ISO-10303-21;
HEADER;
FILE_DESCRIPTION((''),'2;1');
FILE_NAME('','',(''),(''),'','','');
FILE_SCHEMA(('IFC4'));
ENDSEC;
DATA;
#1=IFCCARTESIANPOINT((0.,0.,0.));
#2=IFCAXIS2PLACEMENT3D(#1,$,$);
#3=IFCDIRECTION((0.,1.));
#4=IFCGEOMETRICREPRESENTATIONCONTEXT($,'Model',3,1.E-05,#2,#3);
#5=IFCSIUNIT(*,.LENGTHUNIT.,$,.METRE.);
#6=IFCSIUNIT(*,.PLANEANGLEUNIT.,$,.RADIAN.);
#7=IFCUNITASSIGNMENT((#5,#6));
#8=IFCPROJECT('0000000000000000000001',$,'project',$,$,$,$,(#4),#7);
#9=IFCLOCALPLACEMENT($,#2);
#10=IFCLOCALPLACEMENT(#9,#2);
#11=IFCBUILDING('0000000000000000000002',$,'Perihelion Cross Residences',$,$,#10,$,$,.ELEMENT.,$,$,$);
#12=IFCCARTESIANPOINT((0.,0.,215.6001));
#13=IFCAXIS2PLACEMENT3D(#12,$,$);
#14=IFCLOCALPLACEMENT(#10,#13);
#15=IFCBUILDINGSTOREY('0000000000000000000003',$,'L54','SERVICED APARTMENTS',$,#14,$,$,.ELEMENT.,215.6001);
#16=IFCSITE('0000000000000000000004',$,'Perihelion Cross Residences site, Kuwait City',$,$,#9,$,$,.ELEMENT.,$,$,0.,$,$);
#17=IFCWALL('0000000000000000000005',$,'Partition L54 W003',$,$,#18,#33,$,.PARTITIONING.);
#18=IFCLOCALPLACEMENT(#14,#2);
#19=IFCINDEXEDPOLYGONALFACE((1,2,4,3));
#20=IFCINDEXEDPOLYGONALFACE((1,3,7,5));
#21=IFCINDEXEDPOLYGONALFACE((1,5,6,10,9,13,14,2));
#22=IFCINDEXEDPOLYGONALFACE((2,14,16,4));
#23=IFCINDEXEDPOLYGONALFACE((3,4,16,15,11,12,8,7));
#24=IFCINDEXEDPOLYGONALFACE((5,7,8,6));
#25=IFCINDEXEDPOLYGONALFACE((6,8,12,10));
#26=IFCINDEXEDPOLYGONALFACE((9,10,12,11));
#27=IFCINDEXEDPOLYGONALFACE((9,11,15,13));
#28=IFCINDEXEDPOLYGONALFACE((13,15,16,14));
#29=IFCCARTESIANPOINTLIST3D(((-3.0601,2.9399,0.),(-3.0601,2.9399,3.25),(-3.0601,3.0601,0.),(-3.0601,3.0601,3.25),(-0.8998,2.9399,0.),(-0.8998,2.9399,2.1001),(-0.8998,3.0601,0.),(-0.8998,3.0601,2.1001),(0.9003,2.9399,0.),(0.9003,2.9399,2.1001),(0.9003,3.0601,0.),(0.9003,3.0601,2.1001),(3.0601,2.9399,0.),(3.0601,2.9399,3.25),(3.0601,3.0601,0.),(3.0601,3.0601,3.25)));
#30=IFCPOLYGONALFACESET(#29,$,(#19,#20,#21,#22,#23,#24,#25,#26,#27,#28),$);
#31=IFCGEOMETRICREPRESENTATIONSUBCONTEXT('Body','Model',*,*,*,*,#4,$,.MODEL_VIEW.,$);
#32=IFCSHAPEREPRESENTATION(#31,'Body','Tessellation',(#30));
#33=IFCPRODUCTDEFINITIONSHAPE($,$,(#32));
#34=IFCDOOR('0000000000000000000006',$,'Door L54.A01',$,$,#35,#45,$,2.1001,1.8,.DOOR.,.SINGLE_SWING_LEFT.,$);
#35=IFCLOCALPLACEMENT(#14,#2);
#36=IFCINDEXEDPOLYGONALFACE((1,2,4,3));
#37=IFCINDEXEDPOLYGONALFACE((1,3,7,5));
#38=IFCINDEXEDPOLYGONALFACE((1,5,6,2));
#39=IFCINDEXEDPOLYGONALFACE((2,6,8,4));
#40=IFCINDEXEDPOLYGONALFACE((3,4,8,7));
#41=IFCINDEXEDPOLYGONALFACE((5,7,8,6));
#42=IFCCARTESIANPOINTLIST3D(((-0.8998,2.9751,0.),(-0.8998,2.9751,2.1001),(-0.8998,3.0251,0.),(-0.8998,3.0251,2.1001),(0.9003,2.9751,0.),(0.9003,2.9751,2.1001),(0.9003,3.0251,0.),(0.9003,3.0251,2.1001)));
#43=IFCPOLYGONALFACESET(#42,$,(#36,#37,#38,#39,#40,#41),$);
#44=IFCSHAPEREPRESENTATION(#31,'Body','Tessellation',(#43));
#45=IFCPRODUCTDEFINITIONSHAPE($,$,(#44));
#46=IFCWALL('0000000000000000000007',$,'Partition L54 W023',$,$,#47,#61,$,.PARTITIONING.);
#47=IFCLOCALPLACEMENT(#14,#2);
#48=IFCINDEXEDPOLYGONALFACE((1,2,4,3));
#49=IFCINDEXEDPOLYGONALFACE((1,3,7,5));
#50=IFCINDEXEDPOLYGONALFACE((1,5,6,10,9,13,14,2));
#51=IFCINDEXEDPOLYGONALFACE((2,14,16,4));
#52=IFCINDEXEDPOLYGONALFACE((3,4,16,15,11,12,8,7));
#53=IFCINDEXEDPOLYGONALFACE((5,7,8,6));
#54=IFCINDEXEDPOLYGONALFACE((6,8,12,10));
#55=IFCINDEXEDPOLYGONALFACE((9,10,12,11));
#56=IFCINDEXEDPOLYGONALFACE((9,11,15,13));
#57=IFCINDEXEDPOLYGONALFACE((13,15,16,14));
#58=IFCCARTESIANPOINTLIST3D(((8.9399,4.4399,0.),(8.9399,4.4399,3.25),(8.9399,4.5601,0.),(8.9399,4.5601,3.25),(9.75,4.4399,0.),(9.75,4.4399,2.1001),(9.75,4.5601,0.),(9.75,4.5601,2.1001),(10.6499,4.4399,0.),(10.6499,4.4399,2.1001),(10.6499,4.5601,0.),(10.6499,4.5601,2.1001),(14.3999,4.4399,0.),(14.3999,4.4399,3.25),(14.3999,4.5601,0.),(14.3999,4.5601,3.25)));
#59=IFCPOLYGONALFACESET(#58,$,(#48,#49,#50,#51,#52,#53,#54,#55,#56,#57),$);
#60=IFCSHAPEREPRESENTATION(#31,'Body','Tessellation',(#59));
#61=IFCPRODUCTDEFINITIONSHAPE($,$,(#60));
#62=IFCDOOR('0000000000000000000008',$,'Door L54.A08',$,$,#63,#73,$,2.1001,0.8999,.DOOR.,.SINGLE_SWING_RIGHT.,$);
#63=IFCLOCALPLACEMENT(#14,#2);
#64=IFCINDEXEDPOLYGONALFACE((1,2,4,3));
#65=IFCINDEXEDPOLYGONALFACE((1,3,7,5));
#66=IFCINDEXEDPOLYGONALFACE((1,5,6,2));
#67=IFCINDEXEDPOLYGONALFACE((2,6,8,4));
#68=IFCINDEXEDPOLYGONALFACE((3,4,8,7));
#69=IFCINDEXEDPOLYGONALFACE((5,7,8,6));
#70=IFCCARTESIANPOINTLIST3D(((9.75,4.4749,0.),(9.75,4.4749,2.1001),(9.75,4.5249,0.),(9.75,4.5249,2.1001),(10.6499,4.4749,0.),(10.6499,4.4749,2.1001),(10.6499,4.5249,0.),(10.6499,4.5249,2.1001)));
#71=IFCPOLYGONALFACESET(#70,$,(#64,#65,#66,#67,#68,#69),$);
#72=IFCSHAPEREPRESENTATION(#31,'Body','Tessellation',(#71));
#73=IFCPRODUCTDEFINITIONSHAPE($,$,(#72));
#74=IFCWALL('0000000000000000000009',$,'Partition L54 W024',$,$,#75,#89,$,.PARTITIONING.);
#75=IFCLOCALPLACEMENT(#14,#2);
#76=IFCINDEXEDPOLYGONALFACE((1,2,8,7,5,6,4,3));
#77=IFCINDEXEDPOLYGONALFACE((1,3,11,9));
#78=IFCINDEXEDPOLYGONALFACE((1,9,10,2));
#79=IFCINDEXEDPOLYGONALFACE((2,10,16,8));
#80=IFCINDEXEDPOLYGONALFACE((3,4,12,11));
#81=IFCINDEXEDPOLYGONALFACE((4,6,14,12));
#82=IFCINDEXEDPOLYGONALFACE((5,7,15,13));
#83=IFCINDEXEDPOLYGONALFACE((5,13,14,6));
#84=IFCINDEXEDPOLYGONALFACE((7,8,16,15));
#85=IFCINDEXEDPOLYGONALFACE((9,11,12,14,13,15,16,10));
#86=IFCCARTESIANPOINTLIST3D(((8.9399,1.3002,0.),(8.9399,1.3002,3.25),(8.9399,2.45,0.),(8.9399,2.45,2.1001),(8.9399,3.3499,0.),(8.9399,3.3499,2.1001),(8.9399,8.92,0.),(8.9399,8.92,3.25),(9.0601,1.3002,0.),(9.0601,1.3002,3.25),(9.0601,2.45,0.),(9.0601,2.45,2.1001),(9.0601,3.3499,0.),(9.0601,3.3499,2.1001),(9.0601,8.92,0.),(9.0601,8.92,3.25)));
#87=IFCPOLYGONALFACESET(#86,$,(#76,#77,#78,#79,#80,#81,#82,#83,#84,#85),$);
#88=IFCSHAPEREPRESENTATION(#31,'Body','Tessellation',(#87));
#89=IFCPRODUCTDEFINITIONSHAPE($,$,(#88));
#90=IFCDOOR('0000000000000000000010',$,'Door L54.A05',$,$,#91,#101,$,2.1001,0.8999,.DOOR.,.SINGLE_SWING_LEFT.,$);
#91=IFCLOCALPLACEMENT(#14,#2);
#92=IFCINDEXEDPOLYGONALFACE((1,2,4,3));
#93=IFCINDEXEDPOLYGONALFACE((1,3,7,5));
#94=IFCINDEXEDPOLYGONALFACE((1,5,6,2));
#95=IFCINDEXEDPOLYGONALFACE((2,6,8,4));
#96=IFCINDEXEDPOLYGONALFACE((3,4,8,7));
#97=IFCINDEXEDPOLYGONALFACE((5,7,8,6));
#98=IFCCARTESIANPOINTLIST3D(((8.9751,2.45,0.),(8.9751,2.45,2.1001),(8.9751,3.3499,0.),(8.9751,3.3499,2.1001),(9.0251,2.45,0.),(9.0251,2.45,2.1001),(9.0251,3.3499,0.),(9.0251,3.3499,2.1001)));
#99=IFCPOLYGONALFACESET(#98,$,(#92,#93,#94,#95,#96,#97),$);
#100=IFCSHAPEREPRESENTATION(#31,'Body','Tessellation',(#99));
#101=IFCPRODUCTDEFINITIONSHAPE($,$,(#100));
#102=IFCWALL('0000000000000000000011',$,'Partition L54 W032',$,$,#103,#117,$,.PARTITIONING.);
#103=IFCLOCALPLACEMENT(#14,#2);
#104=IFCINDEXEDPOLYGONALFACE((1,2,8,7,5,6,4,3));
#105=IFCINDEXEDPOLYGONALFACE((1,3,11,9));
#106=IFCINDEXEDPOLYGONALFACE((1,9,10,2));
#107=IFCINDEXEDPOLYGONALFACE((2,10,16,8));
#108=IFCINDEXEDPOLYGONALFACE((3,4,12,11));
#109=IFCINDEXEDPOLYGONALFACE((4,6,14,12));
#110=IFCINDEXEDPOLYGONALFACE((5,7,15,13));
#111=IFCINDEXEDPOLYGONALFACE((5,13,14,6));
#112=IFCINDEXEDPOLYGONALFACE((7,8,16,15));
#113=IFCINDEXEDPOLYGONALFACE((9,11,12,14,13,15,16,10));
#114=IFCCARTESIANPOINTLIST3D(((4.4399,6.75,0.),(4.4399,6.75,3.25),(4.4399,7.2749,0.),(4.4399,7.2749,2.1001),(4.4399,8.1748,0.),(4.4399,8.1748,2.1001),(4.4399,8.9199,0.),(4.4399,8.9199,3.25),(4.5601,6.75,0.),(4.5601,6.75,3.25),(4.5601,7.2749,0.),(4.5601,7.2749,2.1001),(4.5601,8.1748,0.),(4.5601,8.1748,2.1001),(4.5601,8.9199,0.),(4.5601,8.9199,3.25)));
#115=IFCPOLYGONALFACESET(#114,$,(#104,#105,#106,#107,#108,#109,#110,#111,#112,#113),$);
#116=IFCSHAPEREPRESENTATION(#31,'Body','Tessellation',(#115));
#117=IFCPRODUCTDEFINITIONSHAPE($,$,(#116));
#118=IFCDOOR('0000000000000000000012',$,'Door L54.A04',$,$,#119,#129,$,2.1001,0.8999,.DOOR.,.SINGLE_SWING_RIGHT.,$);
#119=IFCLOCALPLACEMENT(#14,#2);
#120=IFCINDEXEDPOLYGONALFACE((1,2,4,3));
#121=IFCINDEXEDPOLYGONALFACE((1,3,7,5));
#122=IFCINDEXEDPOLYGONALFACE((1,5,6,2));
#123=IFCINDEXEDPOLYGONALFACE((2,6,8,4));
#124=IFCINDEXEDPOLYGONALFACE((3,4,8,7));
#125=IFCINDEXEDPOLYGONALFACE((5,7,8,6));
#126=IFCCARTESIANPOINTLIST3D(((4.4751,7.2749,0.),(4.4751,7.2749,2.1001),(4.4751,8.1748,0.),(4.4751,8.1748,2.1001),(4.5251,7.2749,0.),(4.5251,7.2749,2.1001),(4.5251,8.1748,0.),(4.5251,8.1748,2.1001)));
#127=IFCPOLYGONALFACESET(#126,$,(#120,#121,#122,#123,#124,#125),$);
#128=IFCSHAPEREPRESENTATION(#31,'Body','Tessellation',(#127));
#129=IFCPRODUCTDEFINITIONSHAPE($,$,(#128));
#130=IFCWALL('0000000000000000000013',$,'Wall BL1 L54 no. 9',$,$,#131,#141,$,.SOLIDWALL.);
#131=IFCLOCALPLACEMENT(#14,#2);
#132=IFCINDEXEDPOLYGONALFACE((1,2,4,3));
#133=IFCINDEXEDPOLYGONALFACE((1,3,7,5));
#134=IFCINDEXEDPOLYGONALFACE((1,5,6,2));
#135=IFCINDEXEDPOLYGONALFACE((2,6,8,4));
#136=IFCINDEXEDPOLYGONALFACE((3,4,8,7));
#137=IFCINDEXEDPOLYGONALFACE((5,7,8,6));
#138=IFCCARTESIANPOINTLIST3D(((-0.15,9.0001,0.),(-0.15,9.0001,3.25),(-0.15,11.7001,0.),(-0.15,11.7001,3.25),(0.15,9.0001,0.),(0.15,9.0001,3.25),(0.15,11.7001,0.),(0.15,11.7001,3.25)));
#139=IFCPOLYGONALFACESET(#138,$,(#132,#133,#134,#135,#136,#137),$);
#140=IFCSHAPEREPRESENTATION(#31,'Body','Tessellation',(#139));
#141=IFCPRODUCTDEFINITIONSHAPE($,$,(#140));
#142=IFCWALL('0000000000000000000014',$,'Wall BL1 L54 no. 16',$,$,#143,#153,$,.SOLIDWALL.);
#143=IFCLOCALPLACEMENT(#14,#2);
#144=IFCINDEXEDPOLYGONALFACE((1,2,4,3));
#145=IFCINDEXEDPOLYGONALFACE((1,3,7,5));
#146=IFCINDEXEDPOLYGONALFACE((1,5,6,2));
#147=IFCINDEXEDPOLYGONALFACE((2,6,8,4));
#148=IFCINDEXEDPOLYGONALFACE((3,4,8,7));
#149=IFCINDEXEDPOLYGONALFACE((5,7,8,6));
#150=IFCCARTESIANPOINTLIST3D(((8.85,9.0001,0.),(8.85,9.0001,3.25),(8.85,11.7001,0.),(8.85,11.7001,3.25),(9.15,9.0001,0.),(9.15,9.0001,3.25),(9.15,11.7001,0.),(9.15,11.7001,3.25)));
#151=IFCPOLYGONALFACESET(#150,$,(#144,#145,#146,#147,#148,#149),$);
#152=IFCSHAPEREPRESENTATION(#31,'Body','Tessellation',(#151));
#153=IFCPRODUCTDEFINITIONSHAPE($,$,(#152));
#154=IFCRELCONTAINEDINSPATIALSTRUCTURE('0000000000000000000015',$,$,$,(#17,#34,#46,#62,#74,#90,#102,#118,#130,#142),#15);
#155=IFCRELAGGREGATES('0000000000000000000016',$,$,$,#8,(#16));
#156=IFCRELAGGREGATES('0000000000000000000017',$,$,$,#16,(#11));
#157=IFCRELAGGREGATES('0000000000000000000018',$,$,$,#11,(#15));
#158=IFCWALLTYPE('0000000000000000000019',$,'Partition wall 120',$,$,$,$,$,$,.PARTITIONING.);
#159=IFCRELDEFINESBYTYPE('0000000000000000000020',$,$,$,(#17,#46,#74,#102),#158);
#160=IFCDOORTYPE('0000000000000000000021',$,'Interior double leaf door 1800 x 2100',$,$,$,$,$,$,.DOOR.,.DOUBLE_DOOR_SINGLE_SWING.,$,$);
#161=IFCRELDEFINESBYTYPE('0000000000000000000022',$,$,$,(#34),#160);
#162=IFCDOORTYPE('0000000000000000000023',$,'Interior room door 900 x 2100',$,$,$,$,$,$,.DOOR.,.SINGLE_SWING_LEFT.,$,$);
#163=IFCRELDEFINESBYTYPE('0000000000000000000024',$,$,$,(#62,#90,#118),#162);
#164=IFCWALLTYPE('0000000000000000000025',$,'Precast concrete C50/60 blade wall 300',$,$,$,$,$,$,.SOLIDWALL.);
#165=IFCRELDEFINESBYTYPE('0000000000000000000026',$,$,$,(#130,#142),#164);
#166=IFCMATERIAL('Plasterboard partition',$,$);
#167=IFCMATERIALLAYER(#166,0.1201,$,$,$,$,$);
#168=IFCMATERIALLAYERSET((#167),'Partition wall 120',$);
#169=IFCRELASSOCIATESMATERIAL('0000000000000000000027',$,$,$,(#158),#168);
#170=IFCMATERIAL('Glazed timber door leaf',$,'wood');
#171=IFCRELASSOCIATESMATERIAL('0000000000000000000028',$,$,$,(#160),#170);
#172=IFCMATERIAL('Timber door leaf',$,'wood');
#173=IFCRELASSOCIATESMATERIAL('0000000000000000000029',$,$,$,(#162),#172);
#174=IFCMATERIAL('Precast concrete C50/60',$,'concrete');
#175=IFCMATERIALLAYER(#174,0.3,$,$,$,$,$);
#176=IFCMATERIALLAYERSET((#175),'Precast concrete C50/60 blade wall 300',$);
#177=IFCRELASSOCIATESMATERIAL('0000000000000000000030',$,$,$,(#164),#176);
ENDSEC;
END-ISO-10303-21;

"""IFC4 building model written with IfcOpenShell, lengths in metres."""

from ifc_helpers import new_model, si_unit, direction, frame, frame_2d, origin, place, context, subcontext, project, spatial, rectangle, extrude, material, layer, layer_set, type_object, element, fill, save


model = new_model("IFC4")

# Units and contexts
model_context = context("Model", 3, precision=1e-05, world=origin(), true_north=direction((0.0, 1.0)))
body_context = subcontext(model_context, "Body", "Model", "MODEL_VIEW")
ifc_project = project(units=[si_unit("LENGTHUNIT", "METRE"), si_unit("PLANEANGLEUNIT", "RADIAN")], contexts=[model_context])

# Site, building, storey
site_placement = place(None, origin())
site = spatial("IfcSite", under=ifc_project, at=site_placement, Name="Perihelion Cross Residences site, Kuwait City", CompositionType="ELEMENT", RefElevation=0.0)
building_placement = place(site_placement, origin())
building = spatial("IfcBuilding", under=site, at=building_placement, Name="Perihelion Cross Residences", CompositionType="ELEMENT")
storey_placement = place(building_placement, frame((0.0, 0.0, 215.6001)))
storey = spatial("IfcBuildingStorey", under=building, at=storey_placement, Name="L54", Description="SERVICED APARTMENTS", CompositionType="ELEMENT", Elevation=215.6001)

# Walls, openings, doors
ifc_material_1 = material(Name="Plasterboard partition")
ifc_layer_1 = layer(ifc_material_1, 0.1201)
ifc_layer_set_1 = layer_set([ifc_layer_1], Name="Partition wall 120")
wall_type_1 = type_object("IfcWallType", Name="Partition wall 120", PredefinedType="PARTITIONING", material=ifc_layer_set_1)
wall_1_placement = place(storey_placement, frame((3.0601, 3.0, 0.0), z_axis=(0.0, 0.0, 1.0), x_axis=(-1.0, 0.0, 0.0)))
wall_1 = element("IfcWall", 1, at=wall_1_placement, inside=storey, type_object=wall_type_1, Name="Partition L54 W003", PredefinedType="PARTITIONING", context=body_context, shape_type="SweptSolid", body=[
    extrude(rectangle(XDim=6.1201, YDim=0.1201, at=frame_2d((3.0601, 0.0))), origin(), (0.0, 0.0, 1.0), 3.25),
])
opening_1_placement = place(wall_1_placement, frame((2.1599, 0.0, 0.0)))
opening_1 = element("IfcOpeningElement", 2, at=opening_1_placement, cuts=wall_1, PredefinedType="OPENING", context=body_context, shape_type="SweptSolid", body=[
    extrude(rectangle(XDim=1.8, YDim=2.1001, at=frame_2d((0.8999, 1.05))), frame((0.0, 0.0701, 0.0), z_axis=(0.0, -1.0, 0.0), x_axis=(1.0, 0.0, 0.0)), (0.0, 0.0, 1.0), 0.1401),
])
ifc_material_2 = material(Name="Glazed timber door leaf", Category="wood")
door_type_1 = type_object("IfcDoorType", Name="Interior double leaf door 1800 x 2100", OperationType="DOUBLE_DOOR_SINGLE_SWING", PredefinedType="DOOR", material=ifc_material_2)
door_1_placement = place(opening_1_placement, origin())
door_1 = element("IfcDoor", 3, at=door_1_placement, inside=storey, type_object=door_type_1, Name="Door L54.A01", OperationType="SINGLE_SWING_LEFT", OverallHeight=2.1001, OverallWidth=1.8, PredefinedType="DOOR", context=body_context, shape_type="SweptSolid", body=[
    extrude(rectangle(XDim=1.8, YDim=2.1001, at=frame_2d((0.8999, 1.05))), frame((0.0, 0.0249, 0.0), z_axis=(0.0, -1.0, 0.0), x_axis=(1.0, 0.0, 0.0)), (0.0, 0.0, 1.0), 0.05),
])
fill(opening_1, door_1)
wall_2_placement = place(storey_placement, frame((8.9399, 4.5, 0.0), z_axis=(0.0, 0.0, 1.0), x_axis=(1.0, 0.0, 0.0)))
wall_2 = element("IfcWall", 4, at=wall_2_placement, inside=storey, type_object=wall_type_1, Name="Partition L54 W023", PredefinedType="PARTITIONING", context=body_context, shape_type="SweptSolid", body=[
    extrude(rectangle(XDim=5.46, YDim=0.1201, at=frame_2d((2.73, 0.0))), origin(), (0.0, 0.0, 1.0), 3.25),
])
opening_2_placement = place(wall_2_placement, frame((0.8101, 0.0, 0.0)))
opening_2 = element("IfcOpeningElement", 5, at=opening_2_placement, cuts=wall_2, PredefinedType="OPENING", context=body_context, shape_type="SweptSolid", body=[
    extrude(rectangle(XDim=0.8999, YDim=2.1001, at=frame_2d((0.45, 1.05))), frame((0.0, 0.0701, 0.0), z_axis=(0.0, -1.0, 0.0), x_axis=(1.0, 0.0, 0.0)), (0.0, 0.0, 1.0), 0.1401),
])
ifc_material_3 = material(Name="Timber door leaf", Category="wood")
door_type_2 = type_object("IfcDoorType", Name="Interior room door 900 x 2100", OperationType="SINGLE_SWING_LEFT", PredefinedType="DOOR", material=ifc_material_3)
door_2_placement = place(opening_2_placement, origin())
door_2 = element("IfcDoor", 6, at=door_2_placement, inside=storey, type_object=door_type_2, Name="Door L54.A08", OperationType="SINGLE_SWING_RIGHT", OverallHeight=2.1001, OverallWidth=0.8999, PredefinedType="DOOR", context=body_context, shape_type="SweptSolid", body=[
    extrude(rectangle(XDim=0.8999, YDim=2.1001, at=frame_2d((0.45, 1.05))), frame((0.0, 0.0249, 0.0), z_axis=(0.0, -1.0, 0.0), x_axis=(1.0, 0.0, 0.0)), (0.0, 0.0, 1.0), 0.05),
])
fill(opening_2, door_2)
wall_3_placement = place(storey_placement, frame((9.0, 1.3, 0.0), z_axis=(0.0, 0.0, 1.0), x_axis=(0.0, 1.0, 0.0)))
wall_3 = element("IfcWall", 7, at=wall_3_placement, inside=storey, type_object=wall_type_1, Name="Partition L54 W024", PredefinedType="PARTITIONING", context=body_context, shape_type="SweptSolid", body=[
    extrude(rectangle(XDim=7.6199, YDim=0.1201, at=frame_2d((3.8101, 0.0))), origin(), (0.0, 0.0, 1.0), 3.25),
])
opening_3_placement = place(wall_3_placement, frame((1.1499, 0.0, 0.0)))
opening_3 = element("IfcOpeningElement", 8, at=opening_3_placement, cuts=wall_3, PredefinedType="OPENING", context=body_context, shape_type="SweptSolid", body=[
    extrude(rectangle(XDim=0.8999, YDim=2.1001, at=frame_2d((0.45, 1.05))), frame((0.0, 0.0701, 0.0), z_axis=(0.0, -1.0, 0.0), x_axis=(1.0, 0.0, 0.0)), (0.0, 0.0, 1.0), 0.1401),
])
door_3_placement = place(opening_3_placement, origin())
door_3 = element("IfcDoor", 9, at=door_3_placement, inside=storey, type_object=door_type_2, Name="Door L54.A05", OperationType="SINGLE_SWING_LEFT", OverallHeight=2.1001, OverallWidth=0.8999, PredefinedType="DOOR", context=body_context, shape_type="SweptSolid", body=[
    extrude(rectangle(XDim=0.8999, YDim=2.1001, at=frame_2d((0.45, 1.05))), frame((0.0, 0.0249, 0.0), z_axis=(0.0, -1.0, 0.0), x_axis=(1.0, 0.0, 0.0)), (0.0, 0.0, 1.0), 0.05),
])
fill(opening_3, door_3)
wall_4_placement = place(storey_placement, frame((4.5, 6.75, 0.0), z_axis=(0.0, 0.0, 1.0), x_axis=(0.0, 1.0, 0.0)))
wall_4 = element("IfcWall", 10, at=wall_4_placement, inside=storey, type_object=wall_type_1, Name="Partition L54 W032", PredefinedType="PARTITIONING", context=body_context, shape_type="SweptSolid", body=[
    extrude(rectangle(XDim=2.1699, YDim=0.1201, at=frame_2d((1.085, 0.0))), origin(), (0.0, 0.0, 1.0), 3.25),
])
opening_4_placement = place(wall_4_placement, frame((0.5249, 0.0, 0.0)))
opening_4 = element("IfcOpeningElement", 11, at=opening_4_placement, cuts=wall_4, PredefinedType="OPENING", context=body_context, shape_type="SweptSolid", body=[
    extrude(rectangle(XDim=0.8999, YDim=2.1001, at=frame_2d((0.45, 1.05))), frame((0.0, 0.0701, 0.0), z_axis=(0.0, -1.0, 0.0), x_axis=(1.0, 0.0, 0.0)), (0.0, 0.0, 1.0), 0.1401),
])
door_4_placement = place(opening_4_placement, origin())
door_4 = element("IfcDoor", 12, at=door_4_placement, inside=storey, type_object=door_type_2, Name="Door L54.A04", OperationType="SINGLE_SWING_RIGHT", OverallHeight=2.1001, OverallWidth=0.8999, PredefinedType="DOOR", context=body_context, shape_type="SweptSolid", body=[
    extrude(rectangle(XDim=0.8999, YDim=2.1001, at=frame_2d((0.45, 1.05))), frame((0.0, 0.0249, 0.0), z_axis=(0.0, -1.0, 0.0), x_axis=(1.0, 0.0, 0.0)), (0.0, 0.0, 1.0), 0.05),
])
fill(opening_4, door_4)

# Walls
ifc_material_4 = material(Name="Precast concrete C50/60", Category="concrete")
ifc_layer_2 = layer(ifc_material_4, 0.3)
ifc_layer_set_2 = layer_set([ifc_layer_2], Name="Precast concrete C50/60 blade wall 300")
wall_type_2 = type_object("IfcWallType", Name="Precast concrete C50/60 blade wall 300", PredefinedType="SOLIDWALL", material=ifc_layer_set_2)
for number, where, z_axis, x_axis, name in (
    (13, (0.0, 9.0, 0.0), (0.0, 0.0, 1.0), (0.0, 1.0, 0.0), "Wall BL1 L54 no. 9"),
    (14, (9.0, 9.0, 0.0), (0.0, 0.0, 1.0), (0.0, 1.0, 0.0), "Wall BL1 L54 no. 16"),
):
    element("IfcWall", number, at=place(storey_placement, frame(where, z_axis=z_axis, x_axis=x_axis)), inside=storey, type_object=wall_type_2, Name=name, PredefinedType="SOLIDWALL", context=body_context, shape_type="SweptSolid", body=[
        extrude(rectangle(XDim=2.7, YDim=0.3, at=frame_2d((1.3501, 0.0))), origin(), (0.0, 0.0, 1.0), 3.25),
    ])

save(model, "model.ifc")
